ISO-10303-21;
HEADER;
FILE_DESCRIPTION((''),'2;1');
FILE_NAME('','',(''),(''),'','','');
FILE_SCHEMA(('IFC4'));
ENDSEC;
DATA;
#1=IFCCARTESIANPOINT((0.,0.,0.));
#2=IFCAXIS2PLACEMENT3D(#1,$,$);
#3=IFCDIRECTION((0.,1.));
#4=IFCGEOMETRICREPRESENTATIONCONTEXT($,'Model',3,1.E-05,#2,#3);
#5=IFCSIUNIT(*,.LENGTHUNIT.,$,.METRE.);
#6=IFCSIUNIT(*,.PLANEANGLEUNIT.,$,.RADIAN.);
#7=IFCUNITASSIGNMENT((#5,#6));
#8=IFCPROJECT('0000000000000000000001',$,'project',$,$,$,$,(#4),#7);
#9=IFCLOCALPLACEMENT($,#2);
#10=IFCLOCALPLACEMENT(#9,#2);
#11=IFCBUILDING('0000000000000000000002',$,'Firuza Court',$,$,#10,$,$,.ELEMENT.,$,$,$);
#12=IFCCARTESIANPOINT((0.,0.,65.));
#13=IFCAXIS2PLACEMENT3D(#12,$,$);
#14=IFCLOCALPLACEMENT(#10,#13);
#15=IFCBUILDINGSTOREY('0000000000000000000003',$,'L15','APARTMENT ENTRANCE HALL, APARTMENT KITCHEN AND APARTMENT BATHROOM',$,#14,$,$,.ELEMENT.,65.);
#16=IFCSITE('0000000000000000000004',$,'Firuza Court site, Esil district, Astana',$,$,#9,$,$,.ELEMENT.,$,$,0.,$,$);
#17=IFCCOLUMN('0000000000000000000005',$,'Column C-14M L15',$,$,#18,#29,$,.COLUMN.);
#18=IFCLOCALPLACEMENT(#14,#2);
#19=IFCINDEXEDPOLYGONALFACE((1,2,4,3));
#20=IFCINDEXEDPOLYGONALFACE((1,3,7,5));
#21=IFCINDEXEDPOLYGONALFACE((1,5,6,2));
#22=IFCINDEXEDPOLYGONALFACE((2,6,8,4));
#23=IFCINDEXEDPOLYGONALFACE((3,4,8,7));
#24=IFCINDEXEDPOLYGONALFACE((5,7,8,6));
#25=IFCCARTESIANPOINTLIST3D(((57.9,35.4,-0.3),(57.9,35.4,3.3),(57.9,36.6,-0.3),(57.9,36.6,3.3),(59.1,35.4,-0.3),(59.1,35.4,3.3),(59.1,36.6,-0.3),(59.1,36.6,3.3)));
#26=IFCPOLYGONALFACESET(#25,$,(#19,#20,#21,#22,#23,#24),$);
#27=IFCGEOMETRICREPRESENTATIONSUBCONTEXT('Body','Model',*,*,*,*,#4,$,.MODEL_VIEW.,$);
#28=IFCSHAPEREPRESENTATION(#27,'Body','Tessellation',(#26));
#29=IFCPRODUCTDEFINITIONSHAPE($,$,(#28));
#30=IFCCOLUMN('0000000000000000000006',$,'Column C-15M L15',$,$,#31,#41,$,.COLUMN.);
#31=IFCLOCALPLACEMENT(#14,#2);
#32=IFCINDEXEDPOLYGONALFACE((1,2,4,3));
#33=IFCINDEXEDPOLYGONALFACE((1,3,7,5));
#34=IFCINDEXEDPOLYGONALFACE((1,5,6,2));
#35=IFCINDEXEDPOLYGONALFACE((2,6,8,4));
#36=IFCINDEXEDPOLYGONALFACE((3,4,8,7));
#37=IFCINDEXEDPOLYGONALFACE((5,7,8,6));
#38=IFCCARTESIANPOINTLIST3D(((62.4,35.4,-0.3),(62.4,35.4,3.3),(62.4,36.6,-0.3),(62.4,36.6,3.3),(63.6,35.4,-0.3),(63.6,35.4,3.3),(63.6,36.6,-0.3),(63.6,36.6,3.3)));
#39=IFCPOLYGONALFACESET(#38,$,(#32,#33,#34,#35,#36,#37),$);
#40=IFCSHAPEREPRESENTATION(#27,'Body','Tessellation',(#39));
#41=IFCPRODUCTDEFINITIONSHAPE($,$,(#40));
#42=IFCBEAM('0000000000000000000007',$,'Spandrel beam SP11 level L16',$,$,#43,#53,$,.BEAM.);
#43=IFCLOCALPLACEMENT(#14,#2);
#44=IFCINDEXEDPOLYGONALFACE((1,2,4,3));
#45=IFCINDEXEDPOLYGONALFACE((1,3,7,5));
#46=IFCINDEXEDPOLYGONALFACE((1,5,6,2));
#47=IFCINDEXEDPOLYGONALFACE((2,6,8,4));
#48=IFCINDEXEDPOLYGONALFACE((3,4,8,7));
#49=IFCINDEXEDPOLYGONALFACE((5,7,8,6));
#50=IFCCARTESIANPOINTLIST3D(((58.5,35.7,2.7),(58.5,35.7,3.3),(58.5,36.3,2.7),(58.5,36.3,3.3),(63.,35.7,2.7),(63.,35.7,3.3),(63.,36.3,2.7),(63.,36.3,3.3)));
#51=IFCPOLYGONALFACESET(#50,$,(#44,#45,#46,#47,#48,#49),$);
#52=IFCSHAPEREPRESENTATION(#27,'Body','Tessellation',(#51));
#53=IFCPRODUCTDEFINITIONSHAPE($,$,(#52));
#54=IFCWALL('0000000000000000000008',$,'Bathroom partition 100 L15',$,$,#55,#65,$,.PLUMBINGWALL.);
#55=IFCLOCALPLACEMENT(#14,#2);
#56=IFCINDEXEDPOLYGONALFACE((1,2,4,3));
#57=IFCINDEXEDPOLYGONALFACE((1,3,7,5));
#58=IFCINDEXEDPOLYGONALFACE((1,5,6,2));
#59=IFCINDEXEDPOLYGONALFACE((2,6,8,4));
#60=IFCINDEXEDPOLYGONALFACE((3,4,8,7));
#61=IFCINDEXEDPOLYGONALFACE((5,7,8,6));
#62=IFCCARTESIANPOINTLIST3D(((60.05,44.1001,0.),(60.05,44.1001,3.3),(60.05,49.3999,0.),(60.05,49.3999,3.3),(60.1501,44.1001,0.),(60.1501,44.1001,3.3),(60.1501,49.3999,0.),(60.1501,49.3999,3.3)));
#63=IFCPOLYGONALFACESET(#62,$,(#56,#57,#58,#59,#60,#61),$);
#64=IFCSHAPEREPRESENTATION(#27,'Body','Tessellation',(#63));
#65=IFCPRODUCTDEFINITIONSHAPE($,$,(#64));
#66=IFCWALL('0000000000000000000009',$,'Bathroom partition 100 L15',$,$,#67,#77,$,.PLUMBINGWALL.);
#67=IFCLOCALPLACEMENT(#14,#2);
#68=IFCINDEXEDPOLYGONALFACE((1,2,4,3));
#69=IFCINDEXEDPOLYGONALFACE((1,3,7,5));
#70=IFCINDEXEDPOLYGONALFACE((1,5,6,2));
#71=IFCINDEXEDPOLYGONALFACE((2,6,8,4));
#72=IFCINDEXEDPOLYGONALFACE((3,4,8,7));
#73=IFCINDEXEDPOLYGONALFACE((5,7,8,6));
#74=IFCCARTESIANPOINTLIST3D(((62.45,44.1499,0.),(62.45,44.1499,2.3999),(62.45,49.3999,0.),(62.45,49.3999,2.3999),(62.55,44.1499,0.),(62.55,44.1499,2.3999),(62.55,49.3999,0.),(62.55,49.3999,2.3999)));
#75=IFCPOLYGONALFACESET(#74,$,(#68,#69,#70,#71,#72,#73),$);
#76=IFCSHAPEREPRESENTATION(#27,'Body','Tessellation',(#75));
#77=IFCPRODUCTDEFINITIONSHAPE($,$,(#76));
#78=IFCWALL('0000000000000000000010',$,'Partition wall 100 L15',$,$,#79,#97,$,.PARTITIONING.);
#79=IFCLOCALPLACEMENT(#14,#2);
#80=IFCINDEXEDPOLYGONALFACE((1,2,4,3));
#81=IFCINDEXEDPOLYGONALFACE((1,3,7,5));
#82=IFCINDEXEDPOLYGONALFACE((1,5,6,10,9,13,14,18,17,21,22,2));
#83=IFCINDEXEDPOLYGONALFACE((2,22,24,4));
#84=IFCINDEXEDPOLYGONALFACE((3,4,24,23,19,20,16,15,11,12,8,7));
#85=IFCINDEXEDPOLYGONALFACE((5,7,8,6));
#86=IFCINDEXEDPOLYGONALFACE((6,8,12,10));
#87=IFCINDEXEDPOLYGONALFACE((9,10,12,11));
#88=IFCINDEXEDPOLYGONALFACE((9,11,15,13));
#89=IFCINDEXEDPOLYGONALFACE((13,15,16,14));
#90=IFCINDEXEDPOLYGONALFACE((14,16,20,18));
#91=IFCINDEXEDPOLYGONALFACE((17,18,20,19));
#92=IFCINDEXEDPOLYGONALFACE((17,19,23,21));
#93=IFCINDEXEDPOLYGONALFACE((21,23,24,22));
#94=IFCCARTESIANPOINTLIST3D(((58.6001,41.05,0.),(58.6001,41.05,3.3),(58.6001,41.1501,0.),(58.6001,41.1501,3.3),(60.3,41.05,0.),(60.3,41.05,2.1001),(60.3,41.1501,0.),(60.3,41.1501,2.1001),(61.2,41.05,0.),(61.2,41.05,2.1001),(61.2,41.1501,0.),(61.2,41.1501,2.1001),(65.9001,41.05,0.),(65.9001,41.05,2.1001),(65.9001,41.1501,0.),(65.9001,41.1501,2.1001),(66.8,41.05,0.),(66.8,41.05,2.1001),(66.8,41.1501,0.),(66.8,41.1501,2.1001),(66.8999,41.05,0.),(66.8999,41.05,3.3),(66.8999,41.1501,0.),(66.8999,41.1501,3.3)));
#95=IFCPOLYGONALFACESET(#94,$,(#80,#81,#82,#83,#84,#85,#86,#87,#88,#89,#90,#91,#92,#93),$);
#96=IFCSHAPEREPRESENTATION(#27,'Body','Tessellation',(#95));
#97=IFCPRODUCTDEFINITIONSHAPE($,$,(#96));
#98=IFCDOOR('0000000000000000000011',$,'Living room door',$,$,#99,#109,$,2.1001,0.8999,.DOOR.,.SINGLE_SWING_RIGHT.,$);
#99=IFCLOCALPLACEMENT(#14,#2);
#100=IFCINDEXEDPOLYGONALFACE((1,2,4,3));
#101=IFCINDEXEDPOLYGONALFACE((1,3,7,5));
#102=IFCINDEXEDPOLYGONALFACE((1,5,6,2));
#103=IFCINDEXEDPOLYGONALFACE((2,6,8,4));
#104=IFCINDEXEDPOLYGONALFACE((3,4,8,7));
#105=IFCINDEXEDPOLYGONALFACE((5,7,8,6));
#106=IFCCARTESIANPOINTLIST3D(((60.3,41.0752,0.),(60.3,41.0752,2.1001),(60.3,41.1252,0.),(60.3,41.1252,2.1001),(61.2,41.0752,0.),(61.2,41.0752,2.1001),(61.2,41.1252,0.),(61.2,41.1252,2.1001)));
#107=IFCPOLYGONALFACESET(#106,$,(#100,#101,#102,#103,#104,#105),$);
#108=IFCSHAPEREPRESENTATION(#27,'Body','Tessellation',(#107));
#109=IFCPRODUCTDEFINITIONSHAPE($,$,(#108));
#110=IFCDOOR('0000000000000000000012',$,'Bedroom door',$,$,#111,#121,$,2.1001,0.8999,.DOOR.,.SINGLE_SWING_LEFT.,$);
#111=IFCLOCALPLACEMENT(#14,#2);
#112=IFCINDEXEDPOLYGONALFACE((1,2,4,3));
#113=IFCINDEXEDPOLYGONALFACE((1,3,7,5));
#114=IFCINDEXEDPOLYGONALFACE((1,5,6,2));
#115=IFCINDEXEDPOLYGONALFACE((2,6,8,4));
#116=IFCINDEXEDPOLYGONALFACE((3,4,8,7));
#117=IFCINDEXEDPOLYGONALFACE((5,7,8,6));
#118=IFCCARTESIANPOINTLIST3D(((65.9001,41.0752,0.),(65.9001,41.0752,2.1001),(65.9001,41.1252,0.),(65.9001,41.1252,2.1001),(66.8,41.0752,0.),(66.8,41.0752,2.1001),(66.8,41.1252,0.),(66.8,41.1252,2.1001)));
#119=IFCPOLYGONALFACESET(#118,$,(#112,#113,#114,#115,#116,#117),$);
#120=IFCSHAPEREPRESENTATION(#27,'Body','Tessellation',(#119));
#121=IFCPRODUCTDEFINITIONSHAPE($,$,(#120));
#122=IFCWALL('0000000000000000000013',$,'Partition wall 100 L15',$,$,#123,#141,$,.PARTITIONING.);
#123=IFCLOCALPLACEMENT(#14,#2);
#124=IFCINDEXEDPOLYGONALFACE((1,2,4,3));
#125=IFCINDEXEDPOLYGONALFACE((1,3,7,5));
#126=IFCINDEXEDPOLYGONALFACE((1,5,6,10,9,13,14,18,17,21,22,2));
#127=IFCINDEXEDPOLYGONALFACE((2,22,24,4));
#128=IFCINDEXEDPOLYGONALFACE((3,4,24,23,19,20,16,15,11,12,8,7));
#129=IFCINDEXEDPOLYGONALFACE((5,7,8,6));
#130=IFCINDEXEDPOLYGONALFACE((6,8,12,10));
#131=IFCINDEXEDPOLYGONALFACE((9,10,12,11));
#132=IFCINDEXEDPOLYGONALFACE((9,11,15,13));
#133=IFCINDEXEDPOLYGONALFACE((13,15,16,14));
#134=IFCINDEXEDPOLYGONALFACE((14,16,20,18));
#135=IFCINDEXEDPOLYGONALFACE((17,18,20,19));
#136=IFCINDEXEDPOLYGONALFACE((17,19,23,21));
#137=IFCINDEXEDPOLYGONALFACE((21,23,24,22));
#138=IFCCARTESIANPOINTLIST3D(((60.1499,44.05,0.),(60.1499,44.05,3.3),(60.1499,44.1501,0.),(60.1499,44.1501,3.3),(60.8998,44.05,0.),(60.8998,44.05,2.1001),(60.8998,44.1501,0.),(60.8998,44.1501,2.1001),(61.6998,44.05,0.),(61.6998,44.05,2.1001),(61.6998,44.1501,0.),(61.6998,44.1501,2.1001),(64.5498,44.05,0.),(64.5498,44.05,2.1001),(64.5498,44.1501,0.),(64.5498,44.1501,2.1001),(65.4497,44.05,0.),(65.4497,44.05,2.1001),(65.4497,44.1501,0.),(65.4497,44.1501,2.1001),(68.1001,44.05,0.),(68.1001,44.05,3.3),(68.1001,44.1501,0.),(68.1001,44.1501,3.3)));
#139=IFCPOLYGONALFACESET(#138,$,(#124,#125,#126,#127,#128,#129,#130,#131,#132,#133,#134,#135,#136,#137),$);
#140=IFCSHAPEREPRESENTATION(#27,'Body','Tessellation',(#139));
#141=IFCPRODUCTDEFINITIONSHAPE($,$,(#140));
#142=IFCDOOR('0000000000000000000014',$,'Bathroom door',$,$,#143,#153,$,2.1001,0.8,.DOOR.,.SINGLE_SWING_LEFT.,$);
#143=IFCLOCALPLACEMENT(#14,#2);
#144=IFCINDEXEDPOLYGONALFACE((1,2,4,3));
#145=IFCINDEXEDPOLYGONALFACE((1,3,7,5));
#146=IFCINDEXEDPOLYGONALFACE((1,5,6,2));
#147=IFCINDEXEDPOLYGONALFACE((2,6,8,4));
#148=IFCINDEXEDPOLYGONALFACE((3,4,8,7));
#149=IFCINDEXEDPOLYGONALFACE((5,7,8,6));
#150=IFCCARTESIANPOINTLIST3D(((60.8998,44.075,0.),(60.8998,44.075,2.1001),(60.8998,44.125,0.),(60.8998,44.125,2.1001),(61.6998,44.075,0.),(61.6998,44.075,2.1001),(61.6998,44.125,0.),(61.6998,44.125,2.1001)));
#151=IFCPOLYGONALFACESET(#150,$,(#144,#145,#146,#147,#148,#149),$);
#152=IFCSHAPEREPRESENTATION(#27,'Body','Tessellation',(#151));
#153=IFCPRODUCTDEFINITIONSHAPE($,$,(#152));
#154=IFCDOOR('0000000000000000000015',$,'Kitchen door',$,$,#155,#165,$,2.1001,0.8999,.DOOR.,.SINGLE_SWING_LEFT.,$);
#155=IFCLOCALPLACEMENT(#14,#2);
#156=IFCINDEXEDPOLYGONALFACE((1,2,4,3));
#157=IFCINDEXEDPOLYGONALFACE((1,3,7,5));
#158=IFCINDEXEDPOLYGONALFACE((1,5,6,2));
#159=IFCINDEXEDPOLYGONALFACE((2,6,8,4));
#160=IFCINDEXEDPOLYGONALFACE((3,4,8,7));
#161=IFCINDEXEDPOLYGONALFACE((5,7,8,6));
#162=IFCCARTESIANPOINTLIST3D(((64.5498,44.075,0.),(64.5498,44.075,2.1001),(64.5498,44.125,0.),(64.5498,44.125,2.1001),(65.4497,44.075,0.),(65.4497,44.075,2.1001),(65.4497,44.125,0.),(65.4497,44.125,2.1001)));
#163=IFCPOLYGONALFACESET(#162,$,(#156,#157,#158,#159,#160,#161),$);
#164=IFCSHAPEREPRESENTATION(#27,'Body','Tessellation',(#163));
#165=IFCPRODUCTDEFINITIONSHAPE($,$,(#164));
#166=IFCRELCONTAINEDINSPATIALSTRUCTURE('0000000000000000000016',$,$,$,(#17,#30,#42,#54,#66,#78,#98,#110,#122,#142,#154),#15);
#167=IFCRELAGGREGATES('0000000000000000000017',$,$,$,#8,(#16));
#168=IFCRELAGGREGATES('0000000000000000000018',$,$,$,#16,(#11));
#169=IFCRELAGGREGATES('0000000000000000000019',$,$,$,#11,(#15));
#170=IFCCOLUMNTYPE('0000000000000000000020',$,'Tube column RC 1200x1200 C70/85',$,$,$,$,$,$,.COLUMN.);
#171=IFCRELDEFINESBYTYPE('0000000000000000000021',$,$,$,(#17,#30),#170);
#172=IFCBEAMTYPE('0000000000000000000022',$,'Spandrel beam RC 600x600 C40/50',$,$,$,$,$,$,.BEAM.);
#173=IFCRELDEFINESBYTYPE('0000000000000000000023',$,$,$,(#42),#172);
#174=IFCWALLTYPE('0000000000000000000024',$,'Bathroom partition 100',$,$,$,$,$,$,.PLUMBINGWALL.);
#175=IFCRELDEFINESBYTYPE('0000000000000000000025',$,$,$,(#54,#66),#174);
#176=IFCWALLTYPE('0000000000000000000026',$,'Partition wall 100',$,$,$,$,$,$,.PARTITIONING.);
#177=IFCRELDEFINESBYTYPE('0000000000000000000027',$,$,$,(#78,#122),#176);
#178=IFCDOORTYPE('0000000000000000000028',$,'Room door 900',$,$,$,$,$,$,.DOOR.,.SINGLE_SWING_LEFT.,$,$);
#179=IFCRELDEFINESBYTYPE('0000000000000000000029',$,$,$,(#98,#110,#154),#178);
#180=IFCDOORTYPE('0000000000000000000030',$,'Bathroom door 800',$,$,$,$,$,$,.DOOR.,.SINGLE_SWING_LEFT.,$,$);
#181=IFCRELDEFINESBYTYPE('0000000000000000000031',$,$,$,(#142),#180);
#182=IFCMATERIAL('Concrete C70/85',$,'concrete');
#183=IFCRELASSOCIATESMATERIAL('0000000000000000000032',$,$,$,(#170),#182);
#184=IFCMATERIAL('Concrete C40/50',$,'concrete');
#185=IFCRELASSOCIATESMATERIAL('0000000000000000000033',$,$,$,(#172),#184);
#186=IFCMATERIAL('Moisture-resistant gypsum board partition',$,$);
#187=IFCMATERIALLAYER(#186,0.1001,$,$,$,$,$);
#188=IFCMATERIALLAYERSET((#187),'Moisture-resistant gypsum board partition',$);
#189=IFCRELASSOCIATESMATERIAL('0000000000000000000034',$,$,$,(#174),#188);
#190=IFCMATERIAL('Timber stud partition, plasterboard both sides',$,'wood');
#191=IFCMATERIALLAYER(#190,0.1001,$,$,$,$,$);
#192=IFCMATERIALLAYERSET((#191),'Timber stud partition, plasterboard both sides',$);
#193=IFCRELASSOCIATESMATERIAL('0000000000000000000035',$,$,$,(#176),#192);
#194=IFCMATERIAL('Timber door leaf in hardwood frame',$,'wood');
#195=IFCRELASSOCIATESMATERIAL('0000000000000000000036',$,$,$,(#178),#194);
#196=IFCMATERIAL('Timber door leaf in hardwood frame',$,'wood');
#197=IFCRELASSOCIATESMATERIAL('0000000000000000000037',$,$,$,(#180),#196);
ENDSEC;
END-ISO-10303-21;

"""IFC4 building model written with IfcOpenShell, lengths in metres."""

from ifc_helpers import new_model, si_unit, direction, frame, frame_2d, origin, origin_2d, place, context, subcontext, project, spatial, rectangle, extrude, material, layer, layer_set, material_profile, profile_set, type_object, element, fill, save


model = new_model("IFC4")

# Units and contexts
model_context = context("Model", 3, precision=1e-05, world=origin(), true_north=direction((0.0, 1.0)))
body_context = subcontext(model_context, "Body", "Model", "MODEL_VIEW")
ifc_project = project(units=[si_unit("LENGTHUNIT", "METRE"), si_unit("PLANEANGLEUNIT", "RADIAN")], contexts=[model_context])

# Site, building, storey
site_placement = place(None, origin())
site = spatial("IfcSite", under=ifc_project, at=site_placement, Name="Firuza Court site, Esil district, Astana", CompositionType="ELEMENT", RefElevation=0.0)
building_placement = place(site_placement, origin())
building = spatial("IfcBuilding", under=site, at=building_placement, Name="Firuza Court", CompositionType="ELEMENT")
storey_placement = place(building_placement, frame((0.0, 0.0, 65.0)))
storey = spatial("IfcBuildingStorey", under=building, at=storey_placement, Name="L15", Description="APARTMENT ENTRANCE HALL, APARTMENT KITCHEN AND APARTMENT BATHROOM", CompositionType="ELEMENT", Elevation=65.0)

# Columns
ifc_material_1 = material(Name="Concrete C70/85", Category="concrete")
ifc_material_profile_1 = material_profile(ifc_material_1, rectangle(XDim=1.2, YDim=1.2, at=origin_2d()), Name="RC 1200x1200")
ifc_profile_set_1 = profile_set([ifc_material_profile_1], Name="Concrete C70/85")
column_type = type_object("IfcColumnType", Name="Tube column RC 1200x1200 C70/85", PredefinedType="COLUMN", material=ifc_profile_set_1)
for number, where, z_axis, x_axis, name in (
    (1, (58.5, 36.0, -0.3), (0.0, 0.0, 1.0), (1.0, 0.0, 0.0), "Column C-14M L15"),
    (2, (63.0, 36.0, -0.3), (0.0, 0.0, 1.0), (1.0, 0.0, 0.0), "Column C-15M L15"),
):
    element("IfcColumn", number, at=place(storey_placement, frame(where, z_axis=z_axis, x_axis=x_axis)), inside=storey, type_object=column_type, Name=name, PredefinedType="COLUMN", context=body_context, shape_type="SweptSolid", body=[
        extrude(rectangle(XDim=1.2, YDim=1.2, at=origin_2d()), origin(), (0.0, 0.0, 1.0), 3.6001),
    ])

# Beam
ifc_material_2 = material(Name="Concrete C40/50", Category="concrete")
ifc_material_profile_2 = material_profile(ifc_material_2, rectangle(XDim=0.6001, YDim=0.6001, at=origin_2d()), Name="RC 600x600")
ifc_profile_set_2 = profile_set([ifc_material_profile_2], Name="Concrete C40/50")
beam_type = type_object("IfcBeamType", Name="Spandrel beam RC 600x600 C40/50", PredefinedType="BEAM", material=ifc_profile_set_2)
beam_placement = place(storey_placement, frame((58.5, 36.0, 3.0), z_axis=(1.0, 0.0, 0.0), x_axis=(0.0, 1.0, 0.0)))
element("IfcBeam", 3, at=beam_placement, inside=storey, type_object=beam_type, Name="Spandrel beam SP11 level L16", PredefinedType="BEAM", context=body_context, shape_type="SweptSolid", body=[
    extrude(rectangle(XDim=0.6001, YDim=0.6001, at=origin_2d()), origin(), (0.0, 0.0, 1.0), 4.5),
])

# Walls
ifc_material_3 = material(Name="Moisture-resistant gypsum board partition")
ifc_layer_1 = layer(ifc_material_3, 0.1001)
ifc_layer_set_1 = layer_set([ifc_layer_1], Name="Moisture-resistant gypsum board partition")
wall_type_1 = type_object("IfcWallType", Name="Bathroom partition 100", PredefinedType="PLUMBINGWALL", material=ifc_layer_set_1)
wall_1_placement = place(storey_placement, frame((60.1001, 44.1001, 0.0), z_axis=(0.0, 0.0, 1.0), x_axis=(0.0, 1.0, 0.0)))
element("IfcWall", 4, at=wall_1_placement, inside=storey, type_object=wall_type_1, Name="Bathroom partition 100 L15", PredefinedType="PLUMBINGWALL", context=body_context, shape_type="SweptSolid", body=[
    extrude(rectangle(XDim=5.2998, YDim=0.1001, at=frame_2d((2.6499, 0.0))), origin(), (0.0, 0.0, 1.0), 3.3),
])
wall_2_placement = place(storey_placement, frame((62.5, 44.1499, 0.0), z_axis=(0.0, 0.0, 1.0), x_axis=(0.0, 1.0, 0.0)))
element("IfcWall", 5, at=wall_2_placement, inside=storey, type_object=wall_type_1, Name="Bathroom partition 100 L15", PredefinedType="PLUMBINGWALL", context=body_context, shape_type="SweptSolid", body=[
    extrude(rectangle(XDim=5.25, YDim=0.1001, at=frame_2d((2.625, 0.0))), origin(), (0.0, 0.0, 1.0), 2.3999),
])

# Walls, openings, doors
ifc_material_4 = material(Name="Timber stud partition, plasterboard both sides", Category="wood")
ifc_layer_2 = layer(ifc_material_4, 0.1001)
ifc_layer_set_2 = layer_set([ifc_layer_2], Name="Timber stud partition, plasterboard both sides")
wall_type_2 = type_object("IfcWallType", Name="Partition wall 100", PredefinedType="PARTITIONING", material=ifc_layer_set_2)
wall_3_placement = place(storey_placement, frame((58.6001, 41.1001, 0.0), z_axis=(0.0, 0.0, 1.0), x_axis=(1.0, 0.0, 0.0)))
wall_3 = element("IfcWall", 6, at=wall_3_placement, inside=storey, type_object=wall_type_2, Name="Partition wall 100 L15", PredefinedType="PARTITIONING", context=body_context, shape_type="SweptSolid", body=[
    extrude(rectangle(XDim=8.2998, YDim=0.1001, at=frame_2d((4.1499, 0.0))), origin(), (0.0, 0.0, 1.0), 3.3),
])
opening_1_placement = place(wall_3_placement, frame((1.7, 0.0, 0.0)))
opening_1 = element("IfcOpeningElement", 7, at=opening_1_placement, cuts=wall_3, PredefinedType="OPENING", context=body_context, shape_type="SweptSolid", body=[
    extrude(rectangle(XDim=0.8999, YDim=2.1001, at=frame_2d((0.45, 1.05))), frame((0.0, 0.062, 0.0), z_axis=(0.0, -1.0, 0.0), x_axis=(1.0, 0.0, 0.0)), (0.0, 0.0, 1.0), 0.124),
])
opening_2_placement = place(wall_3_placement, frame((7.3, 0.0, 0.0)))
opening_2 = element("IfcOpeningElement", 8, at=opening_2_placement, cuts=wall_3, PredefinedType="OPENING", context=body_context, shape_type="SweptSolid", body=[
    extrude(rectangle(XDim=0.8999, YDim=2.1001, at=frame_2d((0.45, 1.05))), frame((0.0, 0.062, 0.0), z_axis=(0.0, -1.0, 0.0), x_axis=(1.0, 0.0, 0.0)), (0.0, 0.0, 1.0), 0.124),
])
ifc_material_5 = material(Name="Timber door leaf in hardwood frame", Category="wood")
door_type_1 = type_object("IfcDoorType", Name="Room door 900", OperationType="SINGLE_SWING_LEFT", PredefinedType="DOOR", material=ifc_material_5)
door_1_placement = place(opening_1_placement, frame((0.8999, 0.0, 0.0), z_axis=(0.0, 0.0, 1.0), x_axis=(-1.0, 0.0, 0.0)))
door_1 = element("IfcDoor", 9, at=door_1_placement, inside=storey, type_object=door_type_1, Name="Living room door", OperationType="SINGLE_SWING_RIGHT", OverallHeight=2.1001, OverallWidth=0.8999, PredefinedType="DOOR", context=body_context, shape_type="SweptSolid", body=[
    extrude(rectangle(XDim=0.8999, YDim=2.1001, at=frame_2d((0.45, 1.05))), frame((0.0, 0.0249, 0.0), z_axis=(0.0, -1.0, 0.0), x_axis=(1.0, 0.0, 0.0)), (0.0, 0.0, 1.0), 0.05),
])
fill(opening_1, door_1)
door_2_placement = place(opening_2_placement, frame((0.8999, 0.0, 0.0), z_axis=(0.0, 0.0, 1.0), x_axis=(-1.0, 0.0, 0.0)))
door_2 = element("IfcDoor", 10, at=door_2_placement, inside=storey, type_object=door_type_1, Name="Bedroom door", OperationType="SINGLE_SWING_LEFT", OverallHeight=2.1001, OverallWidth=0.8999, PredefinedType="DOOR", context=body_context, shape_type="SweptSolid", body=[
    extrude(rectangle(XDim=0.8999, YDim=2.1001, at=frame_2d((0.45, 1.05))), frame((0.0, 0.0249, 0.0), z_axis=(0.0, -1.0, 0.0), x_axis=(1.0, 0.0, 0.0)), (0.0, 0.0, 1.0), 0.05),
])
fill(opening_2, door_2)
wall_4_placement = place(storey_placement, frame((60.1499, 44.1001, 0.0), z_axis=(0.0, 0.0, 1.0), x_axis=(1.0, 0.0, 0.0)))
wall_4 = element("IfcWall", 11, at=wall_4_placement, inside=storey, type_object=wall_type_2, Name="Partition wall 100 L15", PredefinedType="PARTITIONING", context=body_context, shape_type="SweptSolid", body=[
    extrude(rectangle(XDim=7.9502, YDim=0.1001, at=frame_2d((3.9751, 0.0))), origin(), (0.0, 0.0, 1.0), 3.3),
])
opening_3_placement = place(wall_4_placement, frame((0.75, 0.0, 0.0)))
opening_3 = element("IfcOpeningElement", 12, at=opening_3_placement, cuts=wall_4, PredefinedType="OPENING", context=body_context, shape_type="SweptSolid", body=[
    extrude(rectangle(XDim=0.8, YDim=2.1001, at=frame_2d((0.3999, 1.05))), frame((0.0, 0.062, 0.0), z_axis=(0.0, -1.0, 0.0), x_axis=(1.0, 0.0, 0.0)), (0.0, 0.0, 1.0), 0.124),
])
opening_4_placement = place(wall_4_placement, frame((4.3999, 0.0, 0.0)))
opening_4 = element("IfcOpeningElement", 13, at=opening_4_placement, cuts=wall_4, PredefinedType="OPENING", context=body_context, shape_type="SweptSolid", body=[
    extrude(rectangle(XDim=0.8999, YDim=2.1001, at=frame_2d((0.45, 1.05))), frame((0.0, 0.062, 0.0), z_axis=(0.0, -1.0, 0.0), x_axis=(1.0, 0.0, 0.0)), (0.0, 0.0, 1.0), 0.124),
])
ifc_material_6 = material(Name="Timber door leaf in hardwood frame", Category="wood")
door_type_2 = type_object("IfcDoorType", Name="Bathroom door 800", OperationType="SINGLE_SWING_LEFT", PredefinedType="DOOR", material=ifc_material_6)
door_3_placement = place(opening_3_placement, origin())
door_3 = element("IfcDoor", 14, at=door_3_placement, inside=storey, type_object=door_type_2, Name="Bathroom door", OperationType="SINGLE_SWING_LEFT", OverallHeight=2.1001, OverallWidth=0.8, PredefinedType="DOOR", context=body_context, shape_type="SweptSolid", body=[
    extrude(rectangle(XDim=0.8, YDim=2.1001, at=frame_2d((0.3999, 1.05))), frame((0.0, 0.0249, 0.0), z_axis=(0.0, -1.0, 0.0), x_axis=(1.0, 0.0, 0.0)), (0.0, 0.0, 1.0), 0.05),
])
fill(opening_3, door_3)
door_4_placement = place(opening_4_placement, origin())
door_4 = element("IfcDoor", 15, at=door_4_placement, inside=storey, type_object=door_type_1, Name="Kitchen door", OperationType="SINGLE_SWING_LEFT", OverallHeight=2.1001, OverallWidth=0.8999, PredefinedType="DOOR", context=body_context, shape_type="SweptSolid", body=[
    extrude(rectangle(XDim=0.8999, YDim=2.1001, at=frame_2d((0.45, 1.05))), frame((0.0, 0.0249, 0.0), z_axis=(0.0, -1.0, 0.0), x_axis=(1.0, 0.0, 0.0)), (0.0, 0.0, 1.0), 0.05),
])
fill(opening_4, door_4)

save(model, "model.ifc")
